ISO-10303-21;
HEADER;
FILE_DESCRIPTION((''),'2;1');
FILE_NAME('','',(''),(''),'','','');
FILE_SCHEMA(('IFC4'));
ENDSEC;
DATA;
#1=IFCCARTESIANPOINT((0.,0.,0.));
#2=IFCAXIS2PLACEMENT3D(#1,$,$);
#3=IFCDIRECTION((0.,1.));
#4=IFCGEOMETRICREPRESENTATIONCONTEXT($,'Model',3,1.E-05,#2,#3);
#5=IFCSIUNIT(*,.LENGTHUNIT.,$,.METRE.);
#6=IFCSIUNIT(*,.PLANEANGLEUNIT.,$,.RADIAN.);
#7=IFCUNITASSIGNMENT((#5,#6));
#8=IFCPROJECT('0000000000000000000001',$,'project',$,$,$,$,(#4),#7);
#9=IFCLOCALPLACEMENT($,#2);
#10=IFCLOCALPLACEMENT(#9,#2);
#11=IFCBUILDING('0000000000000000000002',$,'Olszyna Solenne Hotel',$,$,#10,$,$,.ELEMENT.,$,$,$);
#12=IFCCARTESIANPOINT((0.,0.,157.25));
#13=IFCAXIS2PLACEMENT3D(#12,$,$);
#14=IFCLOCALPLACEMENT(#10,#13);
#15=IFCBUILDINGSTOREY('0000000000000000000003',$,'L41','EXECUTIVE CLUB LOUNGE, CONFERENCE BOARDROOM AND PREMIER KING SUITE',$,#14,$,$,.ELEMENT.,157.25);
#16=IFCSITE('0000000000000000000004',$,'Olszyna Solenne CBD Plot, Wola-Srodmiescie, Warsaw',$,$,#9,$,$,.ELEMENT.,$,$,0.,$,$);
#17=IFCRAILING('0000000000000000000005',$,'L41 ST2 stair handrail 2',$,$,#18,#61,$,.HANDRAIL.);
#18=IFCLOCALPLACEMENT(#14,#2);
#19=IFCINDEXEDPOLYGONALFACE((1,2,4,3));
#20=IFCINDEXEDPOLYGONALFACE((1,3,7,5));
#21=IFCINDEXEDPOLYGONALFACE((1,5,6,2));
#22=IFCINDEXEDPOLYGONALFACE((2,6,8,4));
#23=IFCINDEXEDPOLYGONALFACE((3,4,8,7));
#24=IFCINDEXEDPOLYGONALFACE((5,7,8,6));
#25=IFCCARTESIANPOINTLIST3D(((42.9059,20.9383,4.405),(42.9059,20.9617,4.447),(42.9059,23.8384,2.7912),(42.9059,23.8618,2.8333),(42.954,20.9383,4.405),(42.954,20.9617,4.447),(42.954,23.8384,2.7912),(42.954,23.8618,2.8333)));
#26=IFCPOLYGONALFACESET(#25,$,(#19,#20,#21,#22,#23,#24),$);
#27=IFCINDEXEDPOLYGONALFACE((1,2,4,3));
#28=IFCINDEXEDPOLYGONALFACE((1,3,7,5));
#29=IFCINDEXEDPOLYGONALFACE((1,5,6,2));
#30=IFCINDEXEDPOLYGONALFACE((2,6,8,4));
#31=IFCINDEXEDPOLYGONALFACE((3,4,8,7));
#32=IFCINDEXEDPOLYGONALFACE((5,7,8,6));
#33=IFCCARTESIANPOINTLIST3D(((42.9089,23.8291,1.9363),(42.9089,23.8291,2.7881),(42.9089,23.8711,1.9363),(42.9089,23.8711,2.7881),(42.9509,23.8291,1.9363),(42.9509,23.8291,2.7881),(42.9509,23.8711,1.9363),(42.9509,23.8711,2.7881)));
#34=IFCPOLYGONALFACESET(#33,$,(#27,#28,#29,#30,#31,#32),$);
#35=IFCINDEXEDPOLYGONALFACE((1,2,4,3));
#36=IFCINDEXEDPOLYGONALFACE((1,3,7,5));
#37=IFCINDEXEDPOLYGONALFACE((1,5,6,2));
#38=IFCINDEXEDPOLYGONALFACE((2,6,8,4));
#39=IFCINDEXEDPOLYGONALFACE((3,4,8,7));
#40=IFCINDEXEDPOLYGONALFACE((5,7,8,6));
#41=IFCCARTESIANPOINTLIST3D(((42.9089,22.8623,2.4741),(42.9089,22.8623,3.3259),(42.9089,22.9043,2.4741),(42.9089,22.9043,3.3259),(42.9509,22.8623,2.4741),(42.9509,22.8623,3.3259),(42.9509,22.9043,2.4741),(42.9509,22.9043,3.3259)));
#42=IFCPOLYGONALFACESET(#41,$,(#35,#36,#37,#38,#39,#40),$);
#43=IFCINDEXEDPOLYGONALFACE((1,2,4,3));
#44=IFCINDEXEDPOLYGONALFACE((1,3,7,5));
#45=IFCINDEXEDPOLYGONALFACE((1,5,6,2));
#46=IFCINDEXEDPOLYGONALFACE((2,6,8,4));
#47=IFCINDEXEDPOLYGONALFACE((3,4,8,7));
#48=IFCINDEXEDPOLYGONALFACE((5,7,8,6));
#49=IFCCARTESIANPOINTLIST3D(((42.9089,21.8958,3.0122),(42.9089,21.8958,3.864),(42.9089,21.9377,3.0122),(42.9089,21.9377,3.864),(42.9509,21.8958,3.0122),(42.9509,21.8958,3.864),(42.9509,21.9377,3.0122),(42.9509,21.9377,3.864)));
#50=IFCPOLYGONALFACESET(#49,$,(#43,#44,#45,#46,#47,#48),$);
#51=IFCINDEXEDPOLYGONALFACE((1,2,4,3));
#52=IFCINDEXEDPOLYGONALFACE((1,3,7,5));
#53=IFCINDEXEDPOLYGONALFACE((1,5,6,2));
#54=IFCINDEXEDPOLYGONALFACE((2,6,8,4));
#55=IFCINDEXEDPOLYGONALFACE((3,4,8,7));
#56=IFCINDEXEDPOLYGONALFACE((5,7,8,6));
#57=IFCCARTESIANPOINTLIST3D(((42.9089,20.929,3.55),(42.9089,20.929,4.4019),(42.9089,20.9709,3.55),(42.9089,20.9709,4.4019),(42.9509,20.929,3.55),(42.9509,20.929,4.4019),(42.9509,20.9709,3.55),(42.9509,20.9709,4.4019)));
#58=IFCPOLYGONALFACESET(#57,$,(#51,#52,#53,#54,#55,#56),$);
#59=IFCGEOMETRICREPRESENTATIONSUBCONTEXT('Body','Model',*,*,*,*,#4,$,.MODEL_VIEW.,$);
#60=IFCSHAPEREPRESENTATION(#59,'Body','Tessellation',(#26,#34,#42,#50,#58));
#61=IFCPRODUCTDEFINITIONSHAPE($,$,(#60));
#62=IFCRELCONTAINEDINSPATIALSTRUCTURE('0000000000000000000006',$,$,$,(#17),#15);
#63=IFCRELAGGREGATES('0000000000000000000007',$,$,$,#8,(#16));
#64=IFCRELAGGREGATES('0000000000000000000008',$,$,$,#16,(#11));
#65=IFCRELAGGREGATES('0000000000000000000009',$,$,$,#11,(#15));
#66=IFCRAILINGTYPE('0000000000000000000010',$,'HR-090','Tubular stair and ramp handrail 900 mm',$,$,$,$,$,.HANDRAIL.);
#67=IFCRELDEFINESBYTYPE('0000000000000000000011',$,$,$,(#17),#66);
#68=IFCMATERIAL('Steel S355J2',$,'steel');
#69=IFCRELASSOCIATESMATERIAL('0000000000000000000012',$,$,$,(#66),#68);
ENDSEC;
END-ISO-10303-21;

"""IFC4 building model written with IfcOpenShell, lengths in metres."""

from ifc_helpers import new_model, si_unit, direction, frame, origin, origin_2d, place, context, subcontext, project, spatial, rectangle, extrude, material, type_object, element, save


model = new_model("IFC4")

# Units and contexts
model_context = context("Model", 3, precision=1e-05, world=origin(), true_north=direction((0.0, 1.0)))
body_context = subcontext(model_context, "Body", "Model", "MODEL_VIEW")
ifc_project = project(units=[si_unit("LENGTHUNIT", "METRE"), si_unit("PLANEANGLEUNIT", "RADIAN")], contexts=[model_context])

# Site, building, storey
site_placement = place(None, origin())
site = spatial("IfcSite", under=ifc_project, at=site_placement, Name="Olszyna Solenne CBD Plot, Wola-Srodmiescie, Warsaw", CompositionType="ELEMENT", RefElevation=0.0)
building_placement = place(site_placement, origin())
building = spatial("IfcBuilding", under=site, at=building_placement, Name="Olszyna Solenne Hotel", CompositionType="ELEMENT")
storey_placement = place(building_placement, frame((0.0, 0.0, 157.25)))
storey = spatial("IfcBuildingStorey", under=building, at=storey_placement, Name="L41", Description="EXECUTIVE CLUB LOUNGE, CONFERENCE BOARDROOM AND PREMIER KING SUITE", CompositionType="ELEMENT", Elevation=157.25)

# Shared definitions
ifc_material_1 = material(Name="Steel S355J2", Category="steel")

# Railing
railing_type_1 = type_object("IfcRailingType", Name="HR-090", Description="Tubular stair and ramp handrail 900 mm", PredefinedType="HANDRAIL", material=ifc_material_1)
railing_1_placement = place(storey_placement, frame((42.9299, 23.8501, 1.9363)))
element("IfcRailing", 1, at=railing_1_placement, inside=storey, type_object=railing_type_1, Name="L41 ST2 stair handrail 2", PredefinedType="HANDRAIL", context=body_context, shape_type="SweptSolid", body=[
    extrude(rectangle(XDim=0.0481, YDim=0.0481, at=origin_2d()), frame((0.0, 0.0, 0.876), z_axis=(0.0, -0.873827, 0.486236), x_axis=(1.0, 0.0, 0.0)), (0.0, 0.0, 1.0), 3.3188),
    extrude(rectangle(XDim=0.042, YDim=0.042, at=origin_2d()), origin(), (0.0, 0.0, 1.0), 0.8518),
    extrude(rectangle(XDim=0.042, YDim=0.042, at=origin_2d()), frame((0.0, -0.9668, 0.5378)), (0.0, 0.0, 1.0), 0.8518),
    extrude(rectangle(XDim=0.042, YDim=0.042, at=origin_2d()), frame((0.0, -1.9333, 1.0759)), (0.0, 0.0, 1.0), 0.8518),
    extrude(rectangle(XDim=0.042, YDim=0.042, at=origin_2d()), frame((0.0, -2.9001, 1.6138)), (0.0, 0.0, 1.0), 0.8518),
])

save(model, "model.ifc")
